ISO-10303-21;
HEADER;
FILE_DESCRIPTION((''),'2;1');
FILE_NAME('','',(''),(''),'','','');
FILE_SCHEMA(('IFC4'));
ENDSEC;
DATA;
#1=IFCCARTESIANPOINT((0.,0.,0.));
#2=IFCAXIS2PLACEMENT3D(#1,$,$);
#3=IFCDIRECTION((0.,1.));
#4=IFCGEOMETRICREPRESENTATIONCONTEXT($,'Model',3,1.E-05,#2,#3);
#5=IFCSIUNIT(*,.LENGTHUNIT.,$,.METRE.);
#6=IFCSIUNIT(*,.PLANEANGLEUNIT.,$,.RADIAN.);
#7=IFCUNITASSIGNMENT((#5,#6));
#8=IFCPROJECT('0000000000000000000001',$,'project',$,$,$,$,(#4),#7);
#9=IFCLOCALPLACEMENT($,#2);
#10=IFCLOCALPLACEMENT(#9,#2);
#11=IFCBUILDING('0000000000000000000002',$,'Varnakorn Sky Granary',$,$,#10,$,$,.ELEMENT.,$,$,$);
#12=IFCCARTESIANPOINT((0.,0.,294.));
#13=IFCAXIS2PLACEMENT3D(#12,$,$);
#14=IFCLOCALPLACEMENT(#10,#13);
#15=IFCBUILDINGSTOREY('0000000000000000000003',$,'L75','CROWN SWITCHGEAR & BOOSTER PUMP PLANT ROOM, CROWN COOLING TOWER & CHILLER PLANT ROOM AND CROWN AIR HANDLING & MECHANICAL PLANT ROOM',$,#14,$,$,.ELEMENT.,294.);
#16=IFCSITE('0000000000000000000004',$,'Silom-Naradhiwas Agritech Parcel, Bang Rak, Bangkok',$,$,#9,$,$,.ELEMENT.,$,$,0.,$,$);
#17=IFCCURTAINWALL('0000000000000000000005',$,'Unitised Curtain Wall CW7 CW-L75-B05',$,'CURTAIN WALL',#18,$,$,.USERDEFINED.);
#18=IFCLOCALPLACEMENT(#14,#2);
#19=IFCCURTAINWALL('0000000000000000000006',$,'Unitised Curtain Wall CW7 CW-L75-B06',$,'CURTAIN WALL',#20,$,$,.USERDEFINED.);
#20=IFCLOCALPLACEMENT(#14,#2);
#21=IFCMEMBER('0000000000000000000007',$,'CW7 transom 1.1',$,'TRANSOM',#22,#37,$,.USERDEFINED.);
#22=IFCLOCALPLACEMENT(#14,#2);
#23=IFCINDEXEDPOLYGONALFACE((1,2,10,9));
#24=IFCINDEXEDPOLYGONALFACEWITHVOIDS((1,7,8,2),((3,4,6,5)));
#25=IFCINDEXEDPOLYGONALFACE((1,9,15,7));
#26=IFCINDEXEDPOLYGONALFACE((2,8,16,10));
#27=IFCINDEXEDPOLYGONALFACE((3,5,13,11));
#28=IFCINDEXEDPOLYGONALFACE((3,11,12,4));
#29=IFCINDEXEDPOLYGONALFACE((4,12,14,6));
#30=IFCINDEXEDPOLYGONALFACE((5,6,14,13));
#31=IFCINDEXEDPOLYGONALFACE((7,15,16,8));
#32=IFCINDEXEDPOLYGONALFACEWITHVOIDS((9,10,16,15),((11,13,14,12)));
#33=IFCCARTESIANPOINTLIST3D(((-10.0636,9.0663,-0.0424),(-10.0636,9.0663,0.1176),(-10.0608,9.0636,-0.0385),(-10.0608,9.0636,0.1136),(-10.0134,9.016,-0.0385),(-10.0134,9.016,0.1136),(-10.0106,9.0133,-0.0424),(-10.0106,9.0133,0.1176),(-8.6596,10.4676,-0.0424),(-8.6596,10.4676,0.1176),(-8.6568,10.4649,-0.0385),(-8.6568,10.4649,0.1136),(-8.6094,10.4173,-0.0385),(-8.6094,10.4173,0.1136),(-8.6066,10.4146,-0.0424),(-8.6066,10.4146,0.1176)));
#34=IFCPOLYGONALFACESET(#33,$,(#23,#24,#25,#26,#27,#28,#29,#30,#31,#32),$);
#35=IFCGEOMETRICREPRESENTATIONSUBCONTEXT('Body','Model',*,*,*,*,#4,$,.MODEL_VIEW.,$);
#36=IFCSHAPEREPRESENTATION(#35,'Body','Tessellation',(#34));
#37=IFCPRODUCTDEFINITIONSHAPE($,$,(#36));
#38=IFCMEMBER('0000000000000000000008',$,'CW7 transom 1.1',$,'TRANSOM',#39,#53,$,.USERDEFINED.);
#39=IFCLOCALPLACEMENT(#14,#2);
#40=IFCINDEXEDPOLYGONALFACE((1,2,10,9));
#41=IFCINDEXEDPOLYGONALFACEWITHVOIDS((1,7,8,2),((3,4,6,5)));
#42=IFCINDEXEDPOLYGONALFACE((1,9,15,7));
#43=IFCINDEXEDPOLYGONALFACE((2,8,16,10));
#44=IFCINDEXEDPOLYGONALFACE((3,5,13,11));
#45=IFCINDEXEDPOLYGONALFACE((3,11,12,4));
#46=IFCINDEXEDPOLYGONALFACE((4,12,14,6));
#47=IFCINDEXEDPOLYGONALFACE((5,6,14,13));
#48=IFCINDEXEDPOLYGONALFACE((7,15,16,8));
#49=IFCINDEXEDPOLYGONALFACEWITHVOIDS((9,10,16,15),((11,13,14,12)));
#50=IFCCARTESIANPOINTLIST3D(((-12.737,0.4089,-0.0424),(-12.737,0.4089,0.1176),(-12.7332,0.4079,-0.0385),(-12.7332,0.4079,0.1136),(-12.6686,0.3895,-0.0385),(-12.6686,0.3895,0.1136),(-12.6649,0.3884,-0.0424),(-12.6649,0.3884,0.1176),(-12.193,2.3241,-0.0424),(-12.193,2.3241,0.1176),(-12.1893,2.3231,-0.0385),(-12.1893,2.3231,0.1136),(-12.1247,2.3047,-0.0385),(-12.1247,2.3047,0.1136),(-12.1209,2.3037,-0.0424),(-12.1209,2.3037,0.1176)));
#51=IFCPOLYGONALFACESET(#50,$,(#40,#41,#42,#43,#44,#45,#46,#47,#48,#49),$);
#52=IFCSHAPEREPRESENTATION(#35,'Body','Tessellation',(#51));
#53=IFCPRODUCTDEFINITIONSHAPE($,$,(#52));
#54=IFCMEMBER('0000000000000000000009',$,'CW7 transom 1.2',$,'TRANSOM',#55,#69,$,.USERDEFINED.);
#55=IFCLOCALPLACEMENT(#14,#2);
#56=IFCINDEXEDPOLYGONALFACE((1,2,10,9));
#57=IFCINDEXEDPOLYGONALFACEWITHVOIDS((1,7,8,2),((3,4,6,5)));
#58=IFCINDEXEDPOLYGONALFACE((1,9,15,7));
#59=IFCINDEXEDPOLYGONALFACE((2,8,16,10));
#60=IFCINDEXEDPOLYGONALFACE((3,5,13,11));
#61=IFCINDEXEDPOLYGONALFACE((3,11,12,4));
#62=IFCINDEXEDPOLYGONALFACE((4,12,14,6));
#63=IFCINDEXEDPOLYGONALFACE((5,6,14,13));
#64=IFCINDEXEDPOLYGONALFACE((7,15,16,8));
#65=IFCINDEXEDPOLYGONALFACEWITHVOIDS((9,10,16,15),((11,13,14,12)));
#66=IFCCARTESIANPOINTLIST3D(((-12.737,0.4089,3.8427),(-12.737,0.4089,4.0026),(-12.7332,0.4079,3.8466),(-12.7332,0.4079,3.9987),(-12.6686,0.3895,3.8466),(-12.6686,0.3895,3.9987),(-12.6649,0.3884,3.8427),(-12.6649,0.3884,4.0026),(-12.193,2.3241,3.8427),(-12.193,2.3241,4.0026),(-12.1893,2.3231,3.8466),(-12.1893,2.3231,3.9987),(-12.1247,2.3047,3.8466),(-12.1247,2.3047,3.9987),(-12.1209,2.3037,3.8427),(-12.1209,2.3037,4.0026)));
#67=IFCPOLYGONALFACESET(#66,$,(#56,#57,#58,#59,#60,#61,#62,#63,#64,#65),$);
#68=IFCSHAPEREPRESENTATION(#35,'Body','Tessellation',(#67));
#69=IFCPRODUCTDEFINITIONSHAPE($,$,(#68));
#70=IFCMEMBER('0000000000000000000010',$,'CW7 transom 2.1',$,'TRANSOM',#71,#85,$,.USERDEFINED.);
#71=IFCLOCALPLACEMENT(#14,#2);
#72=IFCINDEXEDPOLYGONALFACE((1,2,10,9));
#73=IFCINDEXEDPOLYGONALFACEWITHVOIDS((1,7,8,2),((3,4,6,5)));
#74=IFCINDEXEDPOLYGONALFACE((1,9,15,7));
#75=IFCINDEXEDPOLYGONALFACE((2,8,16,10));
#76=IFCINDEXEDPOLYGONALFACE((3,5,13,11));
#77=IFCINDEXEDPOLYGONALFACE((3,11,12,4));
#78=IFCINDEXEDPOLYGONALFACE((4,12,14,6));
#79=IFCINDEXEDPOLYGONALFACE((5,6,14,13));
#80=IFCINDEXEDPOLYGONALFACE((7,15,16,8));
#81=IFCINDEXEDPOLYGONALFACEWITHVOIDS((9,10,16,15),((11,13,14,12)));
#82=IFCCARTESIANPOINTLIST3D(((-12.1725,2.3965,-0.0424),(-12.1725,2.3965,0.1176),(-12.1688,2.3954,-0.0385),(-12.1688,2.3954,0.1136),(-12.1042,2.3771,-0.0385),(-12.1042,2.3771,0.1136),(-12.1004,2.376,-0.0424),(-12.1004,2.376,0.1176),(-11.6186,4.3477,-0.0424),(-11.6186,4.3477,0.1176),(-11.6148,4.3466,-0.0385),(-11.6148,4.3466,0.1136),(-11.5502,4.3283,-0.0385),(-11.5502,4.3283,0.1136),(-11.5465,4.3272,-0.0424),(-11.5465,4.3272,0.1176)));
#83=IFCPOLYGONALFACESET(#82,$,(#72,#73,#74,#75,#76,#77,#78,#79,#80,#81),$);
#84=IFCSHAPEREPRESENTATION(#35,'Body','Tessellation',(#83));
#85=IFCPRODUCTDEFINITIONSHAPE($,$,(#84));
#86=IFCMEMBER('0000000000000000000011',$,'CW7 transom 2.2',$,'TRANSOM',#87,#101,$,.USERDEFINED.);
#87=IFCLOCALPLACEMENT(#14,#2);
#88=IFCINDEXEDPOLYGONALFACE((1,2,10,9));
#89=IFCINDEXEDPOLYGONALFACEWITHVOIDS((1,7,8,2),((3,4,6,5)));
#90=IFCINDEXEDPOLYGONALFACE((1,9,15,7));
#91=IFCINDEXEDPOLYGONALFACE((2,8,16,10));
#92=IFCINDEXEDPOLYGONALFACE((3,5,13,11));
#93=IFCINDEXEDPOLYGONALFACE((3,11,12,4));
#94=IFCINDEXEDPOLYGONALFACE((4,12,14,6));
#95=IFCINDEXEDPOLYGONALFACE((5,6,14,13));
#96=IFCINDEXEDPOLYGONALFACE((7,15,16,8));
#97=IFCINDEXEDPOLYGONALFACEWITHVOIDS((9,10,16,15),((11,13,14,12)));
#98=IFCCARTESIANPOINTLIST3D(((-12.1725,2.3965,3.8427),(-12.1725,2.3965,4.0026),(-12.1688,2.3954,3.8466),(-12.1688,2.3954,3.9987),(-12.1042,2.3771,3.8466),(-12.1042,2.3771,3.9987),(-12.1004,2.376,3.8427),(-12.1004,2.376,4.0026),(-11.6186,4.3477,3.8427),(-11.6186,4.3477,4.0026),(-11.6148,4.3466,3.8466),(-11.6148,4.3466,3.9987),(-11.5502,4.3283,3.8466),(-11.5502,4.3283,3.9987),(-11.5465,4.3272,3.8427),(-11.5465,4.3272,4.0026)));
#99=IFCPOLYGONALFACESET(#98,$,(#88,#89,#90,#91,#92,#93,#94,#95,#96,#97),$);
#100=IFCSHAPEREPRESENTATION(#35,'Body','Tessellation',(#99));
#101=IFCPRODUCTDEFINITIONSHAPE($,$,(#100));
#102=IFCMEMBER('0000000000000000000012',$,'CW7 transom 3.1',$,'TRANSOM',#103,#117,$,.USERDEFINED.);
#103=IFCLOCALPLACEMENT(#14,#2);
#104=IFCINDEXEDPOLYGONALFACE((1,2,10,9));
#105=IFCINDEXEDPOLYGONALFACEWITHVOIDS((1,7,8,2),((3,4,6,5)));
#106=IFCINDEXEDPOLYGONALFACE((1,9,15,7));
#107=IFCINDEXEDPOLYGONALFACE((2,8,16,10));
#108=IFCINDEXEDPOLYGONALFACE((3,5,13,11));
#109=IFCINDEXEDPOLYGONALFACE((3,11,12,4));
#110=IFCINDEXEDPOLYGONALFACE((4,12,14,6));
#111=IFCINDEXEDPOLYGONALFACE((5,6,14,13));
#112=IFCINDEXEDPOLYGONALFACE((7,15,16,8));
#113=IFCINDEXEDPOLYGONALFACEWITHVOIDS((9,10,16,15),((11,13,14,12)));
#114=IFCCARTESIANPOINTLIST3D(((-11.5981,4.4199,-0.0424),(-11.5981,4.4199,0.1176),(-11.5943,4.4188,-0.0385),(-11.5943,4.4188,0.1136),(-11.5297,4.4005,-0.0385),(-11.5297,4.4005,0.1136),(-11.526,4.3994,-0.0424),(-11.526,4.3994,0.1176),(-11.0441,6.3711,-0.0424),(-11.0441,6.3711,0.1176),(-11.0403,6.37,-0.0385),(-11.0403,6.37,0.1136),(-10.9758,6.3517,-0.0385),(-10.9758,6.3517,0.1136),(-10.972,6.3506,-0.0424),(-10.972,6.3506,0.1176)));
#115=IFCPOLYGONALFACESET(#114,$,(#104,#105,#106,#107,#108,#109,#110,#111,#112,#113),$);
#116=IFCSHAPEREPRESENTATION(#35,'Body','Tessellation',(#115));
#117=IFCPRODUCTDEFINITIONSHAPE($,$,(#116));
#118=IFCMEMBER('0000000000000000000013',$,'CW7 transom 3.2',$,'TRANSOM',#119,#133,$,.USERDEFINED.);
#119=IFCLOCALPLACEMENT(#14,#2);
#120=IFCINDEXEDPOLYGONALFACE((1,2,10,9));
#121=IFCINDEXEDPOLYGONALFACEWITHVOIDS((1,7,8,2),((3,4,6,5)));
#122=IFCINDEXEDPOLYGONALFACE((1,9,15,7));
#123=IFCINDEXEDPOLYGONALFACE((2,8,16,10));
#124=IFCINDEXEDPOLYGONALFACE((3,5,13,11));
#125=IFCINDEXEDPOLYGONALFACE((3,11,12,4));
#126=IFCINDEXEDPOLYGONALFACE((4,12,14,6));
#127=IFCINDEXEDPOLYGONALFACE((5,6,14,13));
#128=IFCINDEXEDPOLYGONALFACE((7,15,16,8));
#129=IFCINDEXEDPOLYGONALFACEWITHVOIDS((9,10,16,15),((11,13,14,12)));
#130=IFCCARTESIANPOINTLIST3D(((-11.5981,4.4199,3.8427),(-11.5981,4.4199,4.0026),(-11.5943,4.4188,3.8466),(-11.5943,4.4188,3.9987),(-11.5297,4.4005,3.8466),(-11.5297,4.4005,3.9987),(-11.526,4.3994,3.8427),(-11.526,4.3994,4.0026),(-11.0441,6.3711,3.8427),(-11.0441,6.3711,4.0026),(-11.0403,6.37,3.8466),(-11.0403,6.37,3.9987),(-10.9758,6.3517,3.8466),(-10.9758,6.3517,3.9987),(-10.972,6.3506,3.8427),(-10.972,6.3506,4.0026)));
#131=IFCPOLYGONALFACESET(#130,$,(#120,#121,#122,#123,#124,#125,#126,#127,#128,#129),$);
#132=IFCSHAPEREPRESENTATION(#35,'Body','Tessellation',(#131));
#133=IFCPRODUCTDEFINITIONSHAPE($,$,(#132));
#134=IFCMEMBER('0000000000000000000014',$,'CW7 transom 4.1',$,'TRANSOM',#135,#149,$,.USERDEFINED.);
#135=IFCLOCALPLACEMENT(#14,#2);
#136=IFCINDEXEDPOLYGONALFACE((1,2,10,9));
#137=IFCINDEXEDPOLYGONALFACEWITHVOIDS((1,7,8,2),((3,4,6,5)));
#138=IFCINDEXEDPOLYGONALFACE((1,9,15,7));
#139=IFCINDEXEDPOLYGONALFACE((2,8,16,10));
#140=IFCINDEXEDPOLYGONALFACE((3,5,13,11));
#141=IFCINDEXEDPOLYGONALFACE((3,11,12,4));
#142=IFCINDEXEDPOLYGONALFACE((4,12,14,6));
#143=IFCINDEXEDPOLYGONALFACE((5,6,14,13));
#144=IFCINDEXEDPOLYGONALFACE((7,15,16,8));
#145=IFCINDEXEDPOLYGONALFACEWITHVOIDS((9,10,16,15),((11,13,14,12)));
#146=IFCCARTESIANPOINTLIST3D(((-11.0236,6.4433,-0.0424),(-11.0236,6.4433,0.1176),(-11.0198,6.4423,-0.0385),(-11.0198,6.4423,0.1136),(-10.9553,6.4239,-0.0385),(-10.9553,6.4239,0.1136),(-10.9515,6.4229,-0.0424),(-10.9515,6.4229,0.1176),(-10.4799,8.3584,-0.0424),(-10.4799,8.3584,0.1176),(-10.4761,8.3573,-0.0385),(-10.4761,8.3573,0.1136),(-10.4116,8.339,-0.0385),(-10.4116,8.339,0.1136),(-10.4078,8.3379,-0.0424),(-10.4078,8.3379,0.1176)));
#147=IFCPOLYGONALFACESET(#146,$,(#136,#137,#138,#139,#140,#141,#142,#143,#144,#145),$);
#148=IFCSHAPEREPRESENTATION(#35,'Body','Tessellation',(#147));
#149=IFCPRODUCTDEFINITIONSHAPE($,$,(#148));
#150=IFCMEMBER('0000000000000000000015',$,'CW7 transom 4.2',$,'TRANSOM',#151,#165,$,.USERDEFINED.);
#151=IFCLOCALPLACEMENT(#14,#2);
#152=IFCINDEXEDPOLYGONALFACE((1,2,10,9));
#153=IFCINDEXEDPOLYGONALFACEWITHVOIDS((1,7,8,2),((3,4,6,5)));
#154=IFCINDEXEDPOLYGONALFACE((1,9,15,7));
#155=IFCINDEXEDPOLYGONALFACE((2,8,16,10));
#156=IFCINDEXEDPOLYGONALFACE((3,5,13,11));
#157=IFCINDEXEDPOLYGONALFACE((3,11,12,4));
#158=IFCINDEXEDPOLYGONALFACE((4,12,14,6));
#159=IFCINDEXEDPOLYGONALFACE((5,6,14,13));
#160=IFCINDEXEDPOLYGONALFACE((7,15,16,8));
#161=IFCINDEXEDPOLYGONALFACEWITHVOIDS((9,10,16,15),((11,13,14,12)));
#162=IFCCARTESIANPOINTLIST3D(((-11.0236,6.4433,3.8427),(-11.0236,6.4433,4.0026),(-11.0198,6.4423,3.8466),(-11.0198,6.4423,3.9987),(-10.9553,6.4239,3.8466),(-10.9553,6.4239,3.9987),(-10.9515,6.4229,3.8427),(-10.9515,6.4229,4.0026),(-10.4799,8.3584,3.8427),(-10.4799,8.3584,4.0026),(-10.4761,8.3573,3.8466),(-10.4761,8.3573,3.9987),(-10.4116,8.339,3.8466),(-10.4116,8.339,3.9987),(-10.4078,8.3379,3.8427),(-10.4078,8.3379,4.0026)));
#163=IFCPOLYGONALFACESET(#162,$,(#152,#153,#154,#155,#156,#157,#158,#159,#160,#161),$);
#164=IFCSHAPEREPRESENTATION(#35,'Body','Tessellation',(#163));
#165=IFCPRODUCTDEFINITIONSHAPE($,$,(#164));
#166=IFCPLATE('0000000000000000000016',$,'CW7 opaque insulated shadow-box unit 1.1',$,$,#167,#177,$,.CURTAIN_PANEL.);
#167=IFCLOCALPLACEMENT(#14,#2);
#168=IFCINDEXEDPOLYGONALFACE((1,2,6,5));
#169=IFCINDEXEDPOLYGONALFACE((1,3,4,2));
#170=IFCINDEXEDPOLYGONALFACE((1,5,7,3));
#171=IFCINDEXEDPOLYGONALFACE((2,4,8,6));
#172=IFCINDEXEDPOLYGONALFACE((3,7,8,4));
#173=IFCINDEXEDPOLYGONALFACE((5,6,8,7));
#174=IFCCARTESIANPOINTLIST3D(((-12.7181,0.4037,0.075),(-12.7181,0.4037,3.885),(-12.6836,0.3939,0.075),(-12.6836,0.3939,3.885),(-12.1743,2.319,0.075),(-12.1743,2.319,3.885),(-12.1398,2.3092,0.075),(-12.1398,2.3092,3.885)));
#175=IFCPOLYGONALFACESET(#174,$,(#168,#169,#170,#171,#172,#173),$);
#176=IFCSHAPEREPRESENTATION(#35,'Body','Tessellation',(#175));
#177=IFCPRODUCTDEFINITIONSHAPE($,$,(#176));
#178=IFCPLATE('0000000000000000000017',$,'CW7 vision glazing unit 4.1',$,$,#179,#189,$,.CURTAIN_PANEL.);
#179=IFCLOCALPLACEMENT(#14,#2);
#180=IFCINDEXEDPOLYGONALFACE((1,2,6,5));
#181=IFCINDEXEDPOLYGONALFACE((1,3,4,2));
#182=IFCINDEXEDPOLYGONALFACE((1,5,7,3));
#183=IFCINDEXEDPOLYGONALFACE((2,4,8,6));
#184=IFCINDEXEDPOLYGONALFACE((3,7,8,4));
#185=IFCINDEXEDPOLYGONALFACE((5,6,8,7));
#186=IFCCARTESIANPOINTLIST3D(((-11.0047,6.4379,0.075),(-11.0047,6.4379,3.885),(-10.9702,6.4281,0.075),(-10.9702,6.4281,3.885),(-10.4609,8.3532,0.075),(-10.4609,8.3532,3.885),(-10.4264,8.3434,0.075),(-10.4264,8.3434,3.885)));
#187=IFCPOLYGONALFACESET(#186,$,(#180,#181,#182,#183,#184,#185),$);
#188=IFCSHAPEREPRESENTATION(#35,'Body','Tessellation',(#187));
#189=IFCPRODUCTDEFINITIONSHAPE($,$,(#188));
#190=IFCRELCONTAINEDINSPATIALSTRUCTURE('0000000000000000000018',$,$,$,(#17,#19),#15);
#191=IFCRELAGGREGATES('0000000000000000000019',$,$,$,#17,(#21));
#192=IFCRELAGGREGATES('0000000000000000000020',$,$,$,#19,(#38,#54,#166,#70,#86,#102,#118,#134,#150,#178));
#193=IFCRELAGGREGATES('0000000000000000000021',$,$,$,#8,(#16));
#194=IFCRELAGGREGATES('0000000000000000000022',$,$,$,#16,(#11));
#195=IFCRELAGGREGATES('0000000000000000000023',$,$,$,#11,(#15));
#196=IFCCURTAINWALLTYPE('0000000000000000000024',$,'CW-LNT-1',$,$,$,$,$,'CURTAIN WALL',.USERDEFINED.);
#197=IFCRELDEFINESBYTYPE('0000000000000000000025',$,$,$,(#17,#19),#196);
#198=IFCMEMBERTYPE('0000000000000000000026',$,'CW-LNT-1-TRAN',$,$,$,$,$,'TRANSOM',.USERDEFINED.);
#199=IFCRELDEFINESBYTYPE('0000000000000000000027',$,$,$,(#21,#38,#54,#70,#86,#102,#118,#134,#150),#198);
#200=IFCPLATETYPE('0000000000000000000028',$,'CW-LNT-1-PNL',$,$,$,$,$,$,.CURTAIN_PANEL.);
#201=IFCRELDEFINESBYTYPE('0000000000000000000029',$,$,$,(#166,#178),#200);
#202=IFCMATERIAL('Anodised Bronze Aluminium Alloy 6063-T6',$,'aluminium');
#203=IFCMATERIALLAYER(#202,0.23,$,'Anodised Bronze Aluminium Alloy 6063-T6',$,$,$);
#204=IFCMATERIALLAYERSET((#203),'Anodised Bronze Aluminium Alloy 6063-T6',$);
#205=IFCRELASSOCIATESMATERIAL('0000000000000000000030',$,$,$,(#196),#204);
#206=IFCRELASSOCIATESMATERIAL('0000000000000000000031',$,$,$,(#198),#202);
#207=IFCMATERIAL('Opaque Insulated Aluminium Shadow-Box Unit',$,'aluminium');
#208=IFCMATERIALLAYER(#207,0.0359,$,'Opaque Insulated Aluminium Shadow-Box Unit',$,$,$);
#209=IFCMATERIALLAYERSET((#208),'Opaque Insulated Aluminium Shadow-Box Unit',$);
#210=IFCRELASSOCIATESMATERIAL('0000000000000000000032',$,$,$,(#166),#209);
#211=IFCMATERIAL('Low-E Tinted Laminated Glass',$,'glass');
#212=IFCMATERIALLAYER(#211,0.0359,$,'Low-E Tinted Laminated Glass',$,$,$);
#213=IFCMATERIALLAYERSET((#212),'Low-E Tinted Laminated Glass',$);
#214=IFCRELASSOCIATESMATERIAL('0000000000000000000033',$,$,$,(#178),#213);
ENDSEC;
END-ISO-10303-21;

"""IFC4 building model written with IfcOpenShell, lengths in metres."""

from ifc_helpers import new_model, si_unit, direction, frame, origin, origin_2d, place, context, subcontext, project, spatial, rectangle, hollow_rectangle, extrude, source, transform, mapped, material, layer, layer_set, material_profile, profile_set, type_object, element, aggregate, save


model = new_model("IFC4")

# Units and contexts
model_context = context("Model", 3, precision=1e-05, world=origin(), true_north=direction((0.0, 1.0)))
body_context = subcontext(model_context, "Body", "Model", "MODEL_VIEW")
ifc_project = project(units=[si_unit("LENGTHUNIT", "METRE"), si_unit("PLANEANGLEUNIT", "RADIAN")], contexts=[model_context])

# Site, building, storey
site_placement = place(None, origin())
site = spatial("IfcSite", under=ifc_project, at=site_placement, Name="Silom-Naradhiwas Agritech Parcel, Bang Rak, Bangkok", CompositionType="ELEMENT", RefElevation=0.0)
building_placement = place(site_placement, origin())
building = spatial("IfcBuilding", under=site, at=building_placement, Name="Varnakorn Sky Granary", CompositionType="ELEMENT")
storey_placement = place(building_placement, frame((0.0, 0.0, 294.0)))
storey = spatial("IfcBuildingStorey", under=building, at=storey_placement, Name="L75", Description="CROWN SWITCHGEAR & BOOSTER PUMP PLANT ROOM, CROWN COOLING TOWER & CHILLER PLANT ROOM AND CROWN AIR HANDLING & MECHANICAL PLANT ROOM", CompositionType="ELEMENT", Elevation=294.0)

# Curtain wall
ifc_material_1 = material(Name="Anodised Bronze Aluminium Alloy 6063-T6", Category="aluminium")
ifc_layer_1 = layer(ifc_material_1, 0.23, Name="Anodised Bronze Aluminium Alloy 6063-T6")
ifc_layer_set_1 = layer_set([ifc_layer_1], Name="Anodised Bronze Aluminium Alloy 6063-T6")
curtain_wall_type = type_object("IfcCurtainWallType", Name="CW-LNT-1", ElementType="CURTAIN WALL", PredefinedType="USERDEFINED", material=ifc_layer_set_1)
curtain_wall_1_placement = place(storey_placement, origin())
curtain_wall_1 = element("IfcCurtainWall", 1, at=curtain_wall_1_placement, inside=storey, type_object=curtain_wall_type, Name="Unitised Curtain Wall CW7 CW-L75-B05", ObjectType="CURTAIN WALL", PredefinedType="USERDEFINED")

# Curtain wall
curtain_wall_2_placement = place(storey_placement, origin())
curtain_wall_2 = element("IfcCurtainWall", 2, at=curtain_wall_2_placement, inside=storey, type_object=curtain_wall_type, Name="Unitised Curtain Wall CW7 CW-L75-B06", ObjectType="CURTAIN WALL", PredefinedType="USERDEFINED")

# Members
ifc_material_profile_1 = material_profile(ifc_material_1, hollow_rectangle(XDim=0.075, YDim=0.1599, WallThickness=0.0039, at=origin_2d()), Name="ALU TRAN 75x160")
ifc_profile_set_1 = profile_set([ifc_material_profile_1], Name="Anodised Bronze Aluminium Alloy 6063-T6")
member_type_1 = type_object("IfcMemberType", Name="CW-LNT-1-TRAN", ElementType="TRANSOM", PredefinedType="USERDEFINED", material=ifc_profile_set_1)
member_1_placement = place(storey_placement, frame((-10.0371, 9.0398, 0.0376), z_axis=(0.707783, 0.70643, 0.0), x_axis=(-0.70643, 0.707783, 0.0)))
member_1 = element("IfcMember", 3, at=member_1_placement, type_object=member_type_1, Name="CW7 transom 1.1", ObjectType="TRANSOM", PredefinedType="USERDEFINED", context=body_context, shape_type="SweptSolid", body=[
    extrude(hollow_rectangle(XDim=0.075, YDim=0.1599, WallThickness=0.0039, at=origin_2d()), origin(), (0.0, 0.0, 1.0), 1.9836),
])
aggregate(curtain_wall_1, [member_1])
member_2_placement = place(storey_placement, frame((-12.7009, 0.3987, 0.0376), z_axis=(0.273198, 0.961958, 0.0), x_axis=(-0.961958, 0.273198, 0.0)))
member_2 = element("IfcMember", 4, at=member_2_placement, type_object=member_type_1, Name="CW7 transom 1.1", ObjectType="TRANSOM", PredefinedType="USERDEFINED", context=body_context, shape_type="SweptSolid", body=[
    extrude(hollow_rectangle(XDim=0.075, YDim=0.1599, WallThickness=0.0039, at=origin_2d()), origin(), (0.0, 0.0, 1.0), 1.991),
])
member_3_placement = place(storey_placement, frame((-12.7009, 0.3987, 3.9226), z_axis=(0.273198, 0.961958, 0.0), x_axis=(-0.961958, 0.273198, 0.0)))
member_3 = element("IfcMember", 5, at=member_3_placement, type_object=member_type_1, Name="CW7 transom 1.2", ObjectType="TRANSOM", PredefinedType="USERDEFINED", context=body_context, shape_type="SweptSolid", body=[
    extrude(hollow_rectangle(XDim=0.075, YDim=0.1599, WallThickness=0.0039, at=origin_2d()), origin(), (0.0, 0.0, 1.0), 1.991),
])
member_4_placement = place(storey_placement, frame((-12.1365, 2.3862, 0.0376), z_axis=(0.273115, 0.961981, 0.0), x_axis=(-0.961981, 0.273115, 0.0)))
member_4 = element("IfcMember", 6, at=member_4_placement, type_object=member_type_1, Name="CW7 transom 2.1", ObjectType="TRANSOM", PredefinedType="USERDEFINED", context=body_context, shape_type="SweptSolid", body=[
    extrude(hollow_rectangle(XDim=0.075, YDim=0.1599, WallThickness=0.0039, at=origin_2d()), origin(), (0.0, 0.0, 1.0), 2.0283),
])
member_5_placement = place(storey_placement, frame((-12.1365, 2.3862, 3.9226), z_axis=(0.273115, 0.961981, 0.0), x_axis=(-0.961981, 0.273115, 0.0)))
member_5 = element("IfcMember", 7, at=member_5_placement, type_object=member_type_1, Name="CW7 transom 2.2", ObjectType="TRANSOM", PredefinedType="USERDEFINED", context=body_context, shape_type="SweptSolid", body=[
    extrude(hollow_rectangle(XDim=0.075, YDim=0.1599, WallThickness=0.0039, at=origin_2d()), origin(), (0.0, 0.0, 1.0), 2.0283),
])
member_6_placement = place(storey_placement, frame((-11.562, 4.4097, 0.0376), z_axis=(0.273115, 0.961981, 0.0), x_axis=(-0.961981, 0.273115, 0.0)))
member_6 = element("IfcMember", 8, at=member_6_placement, type_object=member_type_1, Name="CW7 transom 3.1", ObjectType="TRANSOM", PredefinedType="USERDEFINED", context=body_context, shape_type="SweptSolid", body=[
    extrude(hollow_rectangle(XDim=0.075, YDim=0.1599, WallThickness=0.0039, at=origin_2d()), origin(), (0.0, 0.0, 1.0), 2.0283),
])
member_7_placement = place(storey_placement, frame((-11.562, 4.4097, 3.9226), z_axis=(0.273115, 0.961981, 0.0), x_axis=(-0.961981, 0.273115, 0.0)))
member_7 = element("IfcMember", 9, at=member_7_placement, type_object=member_type_1, Name="CW7 transom 3.2", ObjectType="TRANSOM", PredefinedType="USERDEFINED", context=body_context, shape_type="SweptSolid", body=[
    extrude(hollow_rectangle(XDim=0.075, YDim=0.1599, WallThickness=0.0039, at=origin_2d()), origin(), (0.0, 0.0, 1.0), 2.0283),
])
member_8_placement = place(storey_placement, frame((-10.9875, 6.4331, 0.0376), z_axis=(0.273117, 0.961981, 0.0), x_axis=(-0.961981, 0.273117, 0.0)))
member_8 = element("IfcMember", 10, at=member_8_placement, type_object=member_type_1, Name="CW7 transom 4.1", ObjectType="TRANSOM", PredefinedType="USERDEFINED", context=body_context, shape_type="SweptSolid", body=[
    extrude(hollow_rectangle(XDim=0.075, YDim=0.1599, WallThickness=0.0039, at=origin_2d()), origin(), (0.0, 0.0, 1.0), 1.9907),
])
member_9_placement = place(storey_placement, frame((-10.9875, 6.4331, 3.9226), z_axis=(0.273117, 0.961981, 0.0), x_axis=(-0.961981, 0.273117, 0.0)))
member_9 = element("IfcMember", 11, at=member_9_placement, type_object=member_type_1, Name="CW7 transom 4.2", ObjectType="TRANSOM", PredefinedType="USERDEFINED", context=body_context, shape_type="SweptSolid", body=[
    extrude(hollow_rectangle(XDim=0.075, YDim=0.1599, WallThickness=0.0039, at=origin_2d()), origin(), (0.0, 0.0, 1.0), 1.9907),
])

# Plates
ifc_material_2 = material(Name="Opaque Insulated Aluminium Shadow-Box Unit", Category="aluminium")
ifc_layer_2 = layer(ifc_material_2, 0.0359, Name="Opaque Insulated Aluminium Shadow-Box Unit")
ifc_layer_set_2 = layer_set([ifc_layer_2], Name="Opaque Insulated Aluminium Shadow-Box Unit")
plate_type = type_object("IfcPlateType", Name="CW-LNT-1-PNL", PredefinedType="CURTAIN_PANEL")
shared_shape_1 = source(origin(), body_context, "Body", "SweptSolid", [
    extrude(rectangle(XDim=1.991, YDim=0.0359, at=origin_2d()), origin(), (0.0, 0.0, 1.0), 3.8101),
])
plate_1_placement = place(storey_placement, frame((-12.429, 1.3564, 0.075), z_axis=(0.0, 0.0, 1.0), x_axis=(0.273126, 0.961978, 0.0)))
plate_1 = element("IfcPlate", 12, at=plate_1_placement, type_object=plate_type, material=ifc_layer_set_2, Name="CW7 opaque insulated shadow-box unit 1.1", PredefinedType="CURTAIN_PANEL", context=body_context, shape_type="MappedRepresentation", body=[
    mapped(shared_shape_1, transform((0.0, 0.0, 0.0), x_axis=(1.0, 0.0, 0.0), y_axis=(0.0, 1.0, 0.0), z_axis=(0.0, 0.0, 1.0), scale=1.0)),
])
ifc_material_3 = material(Name="Low-E Tinted Laminated Glass", Category="glass")
ifc_layer_3 = layer(ifc_material_3, 0.0359, Name="Low-E Tinted Laminated Glass")
ifc_layer_set_3 = layer_set([ifc_layer_3], Name="Low-E Tinted Laminated Glass")
plate_2_placement = place(storey_placement, frame((-10.7156, 7.3906, 0.075), z_axis=(0.0, 0.0, 1.0), x_axis=(0.273126, 0.961978, 0.0)))
plate_2 = element("IfcPlate", 13, at=plate_2_placement, type_object=plate_type, material=ifc_layer_set_3, Name="CW7 vision glazing unit 4.1", PredefinedType="CURTAIN_PANEL", context=body_context, shape_type="MappedRepresentation", body=[
    mapped(shared_shape_1, transform((0.0, 0.0, 0.0), x_axis=(1.0, 0.0, 0.0), y_axis=(0.0, 1.0, 0.0), z_axis=(0.0, 0.0, 1.0), scale=1.0)),
])
aggregate(curtain_wall_2, [member_2, member_3, plate_1, member_4, member_5, member_6, member_7, member_8, member_9, plate_2])

save(model, "model.ifc")
